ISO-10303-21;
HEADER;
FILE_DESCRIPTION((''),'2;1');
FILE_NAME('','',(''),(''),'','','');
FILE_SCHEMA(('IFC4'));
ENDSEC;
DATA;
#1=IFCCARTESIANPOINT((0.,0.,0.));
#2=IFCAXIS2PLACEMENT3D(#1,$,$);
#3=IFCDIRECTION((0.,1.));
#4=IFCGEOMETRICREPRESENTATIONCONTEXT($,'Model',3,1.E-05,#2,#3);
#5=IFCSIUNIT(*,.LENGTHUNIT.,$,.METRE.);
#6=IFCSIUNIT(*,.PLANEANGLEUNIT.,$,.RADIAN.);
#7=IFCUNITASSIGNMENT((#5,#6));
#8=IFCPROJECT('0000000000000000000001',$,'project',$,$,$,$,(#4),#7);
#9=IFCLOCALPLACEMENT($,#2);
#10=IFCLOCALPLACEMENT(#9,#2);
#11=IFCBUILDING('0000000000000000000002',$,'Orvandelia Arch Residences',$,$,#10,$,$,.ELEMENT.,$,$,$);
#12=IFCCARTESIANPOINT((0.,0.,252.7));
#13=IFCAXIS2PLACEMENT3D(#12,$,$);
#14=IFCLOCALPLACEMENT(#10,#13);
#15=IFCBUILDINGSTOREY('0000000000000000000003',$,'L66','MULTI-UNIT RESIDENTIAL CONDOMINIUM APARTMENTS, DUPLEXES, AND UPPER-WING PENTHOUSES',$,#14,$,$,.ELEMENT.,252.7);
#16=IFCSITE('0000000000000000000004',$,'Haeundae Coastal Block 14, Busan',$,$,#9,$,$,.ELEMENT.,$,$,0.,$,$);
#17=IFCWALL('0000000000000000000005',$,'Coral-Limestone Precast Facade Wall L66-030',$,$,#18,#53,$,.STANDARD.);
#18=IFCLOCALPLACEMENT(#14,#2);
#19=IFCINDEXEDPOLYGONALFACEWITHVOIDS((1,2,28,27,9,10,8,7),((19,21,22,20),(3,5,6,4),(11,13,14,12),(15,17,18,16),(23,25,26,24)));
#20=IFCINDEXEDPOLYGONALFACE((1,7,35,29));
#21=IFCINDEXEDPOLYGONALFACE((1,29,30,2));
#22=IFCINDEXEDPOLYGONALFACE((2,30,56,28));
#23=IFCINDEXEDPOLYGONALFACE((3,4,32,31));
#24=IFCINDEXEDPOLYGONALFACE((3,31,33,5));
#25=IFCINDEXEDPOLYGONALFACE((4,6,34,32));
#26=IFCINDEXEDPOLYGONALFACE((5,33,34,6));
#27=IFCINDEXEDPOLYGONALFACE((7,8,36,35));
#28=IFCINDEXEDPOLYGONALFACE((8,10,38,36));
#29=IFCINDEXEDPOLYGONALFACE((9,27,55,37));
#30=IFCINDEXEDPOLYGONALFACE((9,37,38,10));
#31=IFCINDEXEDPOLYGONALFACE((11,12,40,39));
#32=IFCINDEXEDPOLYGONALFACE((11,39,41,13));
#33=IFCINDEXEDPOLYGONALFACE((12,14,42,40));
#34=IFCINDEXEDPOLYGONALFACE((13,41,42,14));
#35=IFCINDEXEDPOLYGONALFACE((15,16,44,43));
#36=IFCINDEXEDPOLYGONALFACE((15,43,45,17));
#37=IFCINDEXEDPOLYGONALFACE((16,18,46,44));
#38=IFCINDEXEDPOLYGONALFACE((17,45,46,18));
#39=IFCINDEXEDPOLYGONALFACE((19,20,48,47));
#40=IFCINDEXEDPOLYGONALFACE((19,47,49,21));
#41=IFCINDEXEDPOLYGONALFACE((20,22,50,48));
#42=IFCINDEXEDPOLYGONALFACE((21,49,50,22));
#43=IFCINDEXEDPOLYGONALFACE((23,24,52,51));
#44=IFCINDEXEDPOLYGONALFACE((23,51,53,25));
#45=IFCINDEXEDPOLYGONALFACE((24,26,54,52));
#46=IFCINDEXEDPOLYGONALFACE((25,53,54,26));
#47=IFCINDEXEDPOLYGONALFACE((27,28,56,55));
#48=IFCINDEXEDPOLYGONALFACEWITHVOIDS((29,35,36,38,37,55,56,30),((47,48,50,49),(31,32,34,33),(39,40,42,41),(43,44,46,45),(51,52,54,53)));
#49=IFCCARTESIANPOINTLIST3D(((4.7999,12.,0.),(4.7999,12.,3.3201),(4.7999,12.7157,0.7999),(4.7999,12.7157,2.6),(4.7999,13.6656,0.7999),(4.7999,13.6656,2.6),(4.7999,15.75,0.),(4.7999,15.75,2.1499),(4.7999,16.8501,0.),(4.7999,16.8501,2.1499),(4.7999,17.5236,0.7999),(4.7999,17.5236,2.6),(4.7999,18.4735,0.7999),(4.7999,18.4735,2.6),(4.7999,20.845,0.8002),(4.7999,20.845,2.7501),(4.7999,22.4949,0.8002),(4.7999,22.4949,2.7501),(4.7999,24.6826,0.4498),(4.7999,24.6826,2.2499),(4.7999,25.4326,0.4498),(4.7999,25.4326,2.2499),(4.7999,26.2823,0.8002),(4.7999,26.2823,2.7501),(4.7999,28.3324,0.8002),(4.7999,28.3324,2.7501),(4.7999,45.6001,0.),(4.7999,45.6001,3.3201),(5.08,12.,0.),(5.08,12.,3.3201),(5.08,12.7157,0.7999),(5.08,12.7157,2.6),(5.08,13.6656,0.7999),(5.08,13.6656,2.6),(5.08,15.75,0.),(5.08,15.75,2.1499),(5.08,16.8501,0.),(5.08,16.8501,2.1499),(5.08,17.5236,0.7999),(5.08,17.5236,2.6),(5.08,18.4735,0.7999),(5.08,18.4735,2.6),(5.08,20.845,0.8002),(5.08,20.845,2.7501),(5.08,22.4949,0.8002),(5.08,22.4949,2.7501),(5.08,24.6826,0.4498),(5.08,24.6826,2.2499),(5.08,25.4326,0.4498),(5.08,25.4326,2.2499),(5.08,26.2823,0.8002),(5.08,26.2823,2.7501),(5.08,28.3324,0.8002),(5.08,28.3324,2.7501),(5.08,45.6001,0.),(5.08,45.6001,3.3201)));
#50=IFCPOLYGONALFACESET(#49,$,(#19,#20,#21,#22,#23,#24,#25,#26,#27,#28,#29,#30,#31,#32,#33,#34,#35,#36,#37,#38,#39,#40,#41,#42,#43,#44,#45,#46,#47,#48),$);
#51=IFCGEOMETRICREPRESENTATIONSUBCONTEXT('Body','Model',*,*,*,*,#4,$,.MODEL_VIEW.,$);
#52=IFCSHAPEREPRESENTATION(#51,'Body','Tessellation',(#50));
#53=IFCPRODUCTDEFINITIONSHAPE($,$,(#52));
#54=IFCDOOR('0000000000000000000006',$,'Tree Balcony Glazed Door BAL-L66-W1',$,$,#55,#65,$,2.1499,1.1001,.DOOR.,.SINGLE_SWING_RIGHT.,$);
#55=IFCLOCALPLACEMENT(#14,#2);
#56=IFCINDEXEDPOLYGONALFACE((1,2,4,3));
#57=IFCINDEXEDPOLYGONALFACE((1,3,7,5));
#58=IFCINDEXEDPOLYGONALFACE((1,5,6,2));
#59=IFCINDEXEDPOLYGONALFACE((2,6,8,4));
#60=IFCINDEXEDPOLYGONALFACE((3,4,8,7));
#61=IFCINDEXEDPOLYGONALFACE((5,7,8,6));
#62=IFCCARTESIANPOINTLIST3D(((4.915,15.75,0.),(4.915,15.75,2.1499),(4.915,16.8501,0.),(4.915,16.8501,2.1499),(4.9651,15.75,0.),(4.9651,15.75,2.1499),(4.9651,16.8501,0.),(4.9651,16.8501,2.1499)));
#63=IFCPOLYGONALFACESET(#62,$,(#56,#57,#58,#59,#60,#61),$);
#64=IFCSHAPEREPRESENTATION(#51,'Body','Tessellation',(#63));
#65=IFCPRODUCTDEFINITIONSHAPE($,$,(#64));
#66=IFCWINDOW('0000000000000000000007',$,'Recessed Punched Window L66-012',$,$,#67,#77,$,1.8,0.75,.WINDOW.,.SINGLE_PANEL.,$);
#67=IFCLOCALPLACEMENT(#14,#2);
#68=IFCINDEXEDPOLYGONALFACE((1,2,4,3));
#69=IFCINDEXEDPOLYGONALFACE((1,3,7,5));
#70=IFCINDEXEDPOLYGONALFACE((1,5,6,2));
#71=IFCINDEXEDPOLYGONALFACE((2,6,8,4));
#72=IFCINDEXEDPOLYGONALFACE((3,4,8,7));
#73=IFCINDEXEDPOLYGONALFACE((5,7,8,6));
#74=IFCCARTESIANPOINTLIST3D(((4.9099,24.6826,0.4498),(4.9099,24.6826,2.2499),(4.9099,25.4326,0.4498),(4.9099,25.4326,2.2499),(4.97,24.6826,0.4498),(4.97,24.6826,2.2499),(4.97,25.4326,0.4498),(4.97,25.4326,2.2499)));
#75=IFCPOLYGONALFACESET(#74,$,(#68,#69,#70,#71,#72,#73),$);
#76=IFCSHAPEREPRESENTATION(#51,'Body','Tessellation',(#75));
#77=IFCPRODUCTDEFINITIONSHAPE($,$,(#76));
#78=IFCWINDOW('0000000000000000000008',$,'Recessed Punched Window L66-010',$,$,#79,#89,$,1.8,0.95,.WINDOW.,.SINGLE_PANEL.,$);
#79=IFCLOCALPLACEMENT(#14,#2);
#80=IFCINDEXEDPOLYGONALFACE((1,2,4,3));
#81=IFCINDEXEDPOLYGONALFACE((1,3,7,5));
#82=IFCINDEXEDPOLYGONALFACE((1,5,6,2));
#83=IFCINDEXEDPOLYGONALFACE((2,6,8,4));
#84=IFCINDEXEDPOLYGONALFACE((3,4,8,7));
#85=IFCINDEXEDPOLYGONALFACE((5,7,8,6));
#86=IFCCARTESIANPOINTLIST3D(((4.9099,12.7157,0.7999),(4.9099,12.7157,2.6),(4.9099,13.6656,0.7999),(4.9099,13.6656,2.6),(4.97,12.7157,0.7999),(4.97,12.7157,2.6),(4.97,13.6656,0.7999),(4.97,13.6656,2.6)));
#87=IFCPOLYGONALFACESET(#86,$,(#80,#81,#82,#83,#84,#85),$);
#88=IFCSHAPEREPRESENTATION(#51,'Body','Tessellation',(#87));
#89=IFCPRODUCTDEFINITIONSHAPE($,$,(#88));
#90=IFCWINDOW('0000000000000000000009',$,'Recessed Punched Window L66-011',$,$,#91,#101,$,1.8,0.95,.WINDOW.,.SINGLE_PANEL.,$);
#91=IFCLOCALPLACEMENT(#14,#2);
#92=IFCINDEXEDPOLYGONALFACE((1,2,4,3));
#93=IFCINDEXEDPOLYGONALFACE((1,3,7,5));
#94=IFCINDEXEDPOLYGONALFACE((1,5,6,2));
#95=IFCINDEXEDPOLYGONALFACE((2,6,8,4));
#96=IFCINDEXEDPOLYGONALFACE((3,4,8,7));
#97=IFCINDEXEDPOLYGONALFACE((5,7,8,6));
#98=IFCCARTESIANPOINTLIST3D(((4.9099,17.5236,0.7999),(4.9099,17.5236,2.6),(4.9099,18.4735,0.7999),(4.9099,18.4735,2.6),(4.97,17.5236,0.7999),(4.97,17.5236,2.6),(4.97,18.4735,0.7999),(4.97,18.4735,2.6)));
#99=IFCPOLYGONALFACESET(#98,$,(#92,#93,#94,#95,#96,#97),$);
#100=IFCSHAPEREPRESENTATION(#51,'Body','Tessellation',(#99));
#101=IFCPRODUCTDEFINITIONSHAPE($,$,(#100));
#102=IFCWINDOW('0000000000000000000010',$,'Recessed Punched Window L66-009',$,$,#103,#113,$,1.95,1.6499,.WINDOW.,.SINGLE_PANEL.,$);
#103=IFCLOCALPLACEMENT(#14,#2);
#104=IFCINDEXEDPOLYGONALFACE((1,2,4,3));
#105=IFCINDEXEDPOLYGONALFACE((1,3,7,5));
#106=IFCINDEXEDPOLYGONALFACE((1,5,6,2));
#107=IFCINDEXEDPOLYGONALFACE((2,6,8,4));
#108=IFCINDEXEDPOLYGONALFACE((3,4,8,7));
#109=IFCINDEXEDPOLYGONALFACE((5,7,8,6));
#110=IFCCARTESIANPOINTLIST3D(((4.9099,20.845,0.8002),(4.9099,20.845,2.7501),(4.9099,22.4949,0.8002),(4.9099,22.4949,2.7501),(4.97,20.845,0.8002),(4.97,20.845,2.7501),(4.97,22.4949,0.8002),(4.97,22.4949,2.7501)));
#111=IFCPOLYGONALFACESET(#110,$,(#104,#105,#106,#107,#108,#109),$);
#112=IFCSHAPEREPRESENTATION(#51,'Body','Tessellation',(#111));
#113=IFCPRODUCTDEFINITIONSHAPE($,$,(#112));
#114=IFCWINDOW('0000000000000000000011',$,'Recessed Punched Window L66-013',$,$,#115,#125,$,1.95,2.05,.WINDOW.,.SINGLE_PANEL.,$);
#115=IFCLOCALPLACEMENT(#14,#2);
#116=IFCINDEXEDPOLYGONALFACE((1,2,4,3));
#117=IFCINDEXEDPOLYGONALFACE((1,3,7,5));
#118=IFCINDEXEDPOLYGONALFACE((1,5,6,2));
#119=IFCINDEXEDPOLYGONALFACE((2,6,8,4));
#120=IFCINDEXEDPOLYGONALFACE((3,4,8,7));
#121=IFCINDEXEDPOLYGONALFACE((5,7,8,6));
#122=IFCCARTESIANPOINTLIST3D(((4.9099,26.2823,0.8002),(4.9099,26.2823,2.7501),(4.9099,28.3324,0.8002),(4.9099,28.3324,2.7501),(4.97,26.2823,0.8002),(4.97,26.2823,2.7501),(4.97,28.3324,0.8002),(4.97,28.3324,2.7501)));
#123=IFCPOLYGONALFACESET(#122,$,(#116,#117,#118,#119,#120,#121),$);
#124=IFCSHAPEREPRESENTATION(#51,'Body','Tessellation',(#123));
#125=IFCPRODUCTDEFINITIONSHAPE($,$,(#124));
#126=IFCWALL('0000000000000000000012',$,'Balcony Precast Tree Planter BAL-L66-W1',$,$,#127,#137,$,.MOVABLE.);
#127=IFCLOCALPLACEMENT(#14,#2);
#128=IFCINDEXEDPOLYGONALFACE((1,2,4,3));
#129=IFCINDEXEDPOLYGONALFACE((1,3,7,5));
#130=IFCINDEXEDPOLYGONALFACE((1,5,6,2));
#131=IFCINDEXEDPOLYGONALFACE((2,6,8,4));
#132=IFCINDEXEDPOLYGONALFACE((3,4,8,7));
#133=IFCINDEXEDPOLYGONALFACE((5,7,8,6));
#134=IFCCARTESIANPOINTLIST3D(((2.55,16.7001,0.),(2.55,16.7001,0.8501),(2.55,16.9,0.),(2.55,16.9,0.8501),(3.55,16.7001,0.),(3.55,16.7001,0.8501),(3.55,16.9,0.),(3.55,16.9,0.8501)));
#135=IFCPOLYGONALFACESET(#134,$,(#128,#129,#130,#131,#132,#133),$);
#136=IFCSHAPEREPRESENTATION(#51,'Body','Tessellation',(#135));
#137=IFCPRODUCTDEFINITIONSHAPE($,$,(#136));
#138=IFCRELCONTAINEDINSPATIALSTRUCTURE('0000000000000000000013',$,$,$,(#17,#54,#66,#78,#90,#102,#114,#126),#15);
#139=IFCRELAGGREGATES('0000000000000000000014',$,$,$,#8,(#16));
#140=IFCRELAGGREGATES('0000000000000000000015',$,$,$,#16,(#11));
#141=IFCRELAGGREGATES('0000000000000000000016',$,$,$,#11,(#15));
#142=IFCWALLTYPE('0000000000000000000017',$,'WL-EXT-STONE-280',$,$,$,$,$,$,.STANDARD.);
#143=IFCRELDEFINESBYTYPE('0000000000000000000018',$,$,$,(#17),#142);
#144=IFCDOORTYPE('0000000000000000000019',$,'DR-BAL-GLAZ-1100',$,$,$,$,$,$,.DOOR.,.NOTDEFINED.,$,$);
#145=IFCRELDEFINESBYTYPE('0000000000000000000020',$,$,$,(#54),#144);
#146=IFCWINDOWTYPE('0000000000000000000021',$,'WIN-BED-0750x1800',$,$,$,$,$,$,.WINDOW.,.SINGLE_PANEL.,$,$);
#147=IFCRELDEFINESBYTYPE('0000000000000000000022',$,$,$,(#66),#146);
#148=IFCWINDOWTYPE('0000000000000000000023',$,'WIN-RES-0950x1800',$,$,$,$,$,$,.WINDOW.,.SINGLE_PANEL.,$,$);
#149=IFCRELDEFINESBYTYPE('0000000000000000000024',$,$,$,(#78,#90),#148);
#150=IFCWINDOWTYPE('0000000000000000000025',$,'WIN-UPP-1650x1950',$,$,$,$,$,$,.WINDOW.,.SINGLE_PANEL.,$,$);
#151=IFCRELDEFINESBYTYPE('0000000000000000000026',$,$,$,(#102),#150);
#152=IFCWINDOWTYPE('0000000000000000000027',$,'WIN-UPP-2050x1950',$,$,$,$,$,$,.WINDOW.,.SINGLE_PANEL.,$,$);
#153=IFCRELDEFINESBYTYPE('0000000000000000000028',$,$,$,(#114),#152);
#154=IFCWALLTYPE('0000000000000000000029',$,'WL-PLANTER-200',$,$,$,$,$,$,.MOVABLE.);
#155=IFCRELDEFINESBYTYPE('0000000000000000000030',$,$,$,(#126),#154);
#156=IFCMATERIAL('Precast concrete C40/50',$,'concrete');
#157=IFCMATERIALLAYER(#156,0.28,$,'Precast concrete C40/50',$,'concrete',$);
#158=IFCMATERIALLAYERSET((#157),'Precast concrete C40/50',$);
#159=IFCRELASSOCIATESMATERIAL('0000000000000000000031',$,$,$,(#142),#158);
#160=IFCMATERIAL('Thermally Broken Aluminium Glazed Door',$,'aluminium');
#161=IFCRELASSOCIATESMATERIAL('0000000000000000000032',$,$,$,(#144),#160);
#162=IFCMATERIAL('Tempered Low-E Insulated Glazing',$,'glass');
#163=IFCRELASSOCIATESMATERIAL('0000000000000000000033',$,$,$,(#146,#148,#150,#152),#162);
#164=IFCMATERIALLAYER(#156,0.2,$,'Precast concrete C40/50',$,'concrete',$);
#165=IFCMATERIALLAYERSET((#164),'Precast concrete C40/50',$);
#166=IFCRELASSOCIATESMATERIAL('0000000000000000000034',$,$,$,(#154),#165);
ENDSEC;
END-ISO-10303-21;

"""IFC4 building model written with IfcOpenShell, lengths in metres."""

from ifc_helpers import new_model, si_unit, direction, frame, frame_2d, origin, place, context, subcontext, project, spatial, rectangle, extrude, material, layer, layer_set, type_object, element, fill, save


model = new_model("IFC4")

# Units and contexts
model_context = context("Model", 3, precision=1e-05, world=origin(), true_north=direction((0.0, 1.0)))
body_context = subcontext(model_context, "Body", "Model", "MODEL_VIEW")
ifc_project = project(units=[si_unit("LENGTHUNIT", "METRE"), si_unit("PLANEANGLEUNIT", "RADIAN")], contexts=[model_context])

# Site, building, storey
site_placement = place(None, origin())
site = spatial("IfcSite", under=ifc_project, at=site_placement, Name="Haeundae Coastal Block 14, Busan", CompositionType="ELEMENT", RefElevation=0.0)
building_placement = place(site_placement, origin())
building = spatial("IfcBuilding", under=site, at=building_placement, Name="Orvandelia Arch Residences", CompositionType="ELEMENT")
storey_placement = place(building_placement, frame((0.0, 0.0, 252.7)))
storey = spatial("IfcBuildingStorey", under=building, at=storey_placement, Name="L66", Description="MULTI-UNIT RESIDENTIAL CONDOMINIUM APARTMENTS, DUPLEXES, AND UPPER-WING PENTHOUSES", CompositionType="ELEMENT", Elevation=252.7)

# Shared definitions
ifc_material_1 = material(Name="Precast concrete C40/50", Category="concrete")
ifc_layer_1 = layer(ifc_material_1, 0.28, Name="Precast concrete C40/50", Category="concrete")
ifc_layer_set_1 = layer_set([ifc_layer_1], Name="Precast concrete C40/50")
wall_type_1 = type_object("IfcWallType", Name="WL-EXT-STONE-280", PredefinedType="STANDARD", material=ifc_layer_set_1)

# Wall, openings, door, windows
wall_1_placement = place(storey_placement, frame((4.9399, 12.0, 0.0), z_axis=(0.0, 0.0, 1.0), x_axis=(0.0, 1.0, 0.0)))
wall_1 = element("IfcWall", 1, at=wall_1_placement, inside=storey, type_object=wall_type_1, Name="Coral-Limestone Precast Facade Wall L66-030", PredefinedType="STANDARD", context=body_context, shape_type="SweptSolid", body=[
    extrude(rectangle(XDim=33.6001, YDim=0.28, at=frame_2d((16.8, 0.0))), origin(), (0.0, 0.0, 1.0), 3.3201),
])
opening_1_placement = place(wall_1_placement, frame((3.75, 0.0, 0.0)))
opening_1 = element("IfcOpeningElement", 2, at=opening_1_placement, cuts=wall_1, PredefinedType="OPENING", context=body_context, shape_type="SweptSolid", body=[
    extrude(rectangle(XDim=1.1001, YDim=2.1499, at=frame_2d((0.55, 1.075))), frame((0.0, 0.1499, 0.0), z_axis=(0.0, -1.0, 0.0), x_axis=(1.0, 0.0, 0.0)), (0.0, 0.0, 1.0), 0.3),
])
opening_2_placement = place(wall_1_placement, frame((8.845, 0.0, 0.8)))
opening_2 = element("IfcOpeningElement", 3, at=opening_2_placement, cuts=wall_1, PredefinedType="OPENING", context=body_context, shape_type="SweptSolid", body=[
    extrude(rectangle(XDim=1.6499, YDim=1.95, at=frame_2d((0.825, 0.9751))), frame((0.0, 0.1499, 0.0), z_axis=(0.0, -1.0, 0.0), x_axis=(1.0, 0.0, 0.0)), (0.0, 0.0, 1.0), 0.3),
])
opening_3_placement = place(wall_1_placement, frame((0.7156, 0.0, 0.8)))
opening_3 = element("IfcOpeningElement", 4, at=opening_3_placement, cuts=wall_1, PredefinedType="OPENING", context=body_context, shape_type="SweptSolid", body=[
    extrude(rectangle(XDim=0.95, YDim=1.8, at=frame_2d((0.4751, 0.8999))), frame((0.0, 0.1499, 0.0), z_axis=(0.0, -1.0, 0.0), x_axis=(1.0, 0.0, 0.0)), (0.0, 0.0, 1.0), 0.3),
])
opening_4_placement = place(wall_1_placement, frame((5.5234, 0.0, 0.8)))
opening_4 = element("IfcOpeningElement", 5, at=opening_4_placement, cuts=wall_1, PredefinedType="OPENING", context=body_context, shape_type="SweptSolid", body=[
    extrude(rectangle(XDim=0.95, YDim=1.8, at=frame_2d((0.4751, 0.8999))), frame((0.0, 0.1499, 0.0), z_axis=(0.0, -1.0, 0.0), x_axis=(1.0, 0.0, 0.0)), (0.0, 0.0, 1.0), 0.3),
])
opening_5_placement = place(wall_1_placement, frame((12.6826, 0.0, 0.45)))
opening_5 = element("IfcOpeningElement", 6, at=opening_5_placement, cuts=wall_1, PredefinedType="OPENING", context=body_context, shape_type="SweptSolid", body=[
    extrude(rectangle(XDim=0.75, YDim=1.8, at=frame_2d((0.375, 0.8999))), frame((0.0, 0.1499, 0.0), z_axis=(0.0, -1.0, 0.0), x_axis=(1.0, 0.0, 0.0)), (0.0, 0.0, 1.0), 0.3),
])
opening_6_placement = place(wall_1_placement, frame((14.2825, 0.0, 0.8)))
opening_6 = element("IfcOpeningElement", 7, at=opening_6_placement, cuts=wall_1, PredefinedType="OPENING", context=body_context, shape_type="SweptSolid", body=[
    extrude(rectangle(XDim=2.05, YDim=1.95, at=frame_2d((1.0249, 0.9751))), frame((0.0, 0.1499, 0.0), z_axis=(0.0, -1.0, 0.0), x_axis=(1.0, 0.0, 0.0)), (0.0, 0.0, 1.0), 0.3),
])
ifc_material_2 = material(Name="Thermally Broken Aluminium Glazed Door", Category="aluminium")
door_type_1 = type_object("IfcDoorType", Name="DR-BAL-GLAZ-1100", OperationType="NOTDEFINED", PredefinedType="DOOR", material=ifc_material_2)
door_1_placement = place(opening_1_placement, origin())
door_1 = element("IfcDoor", 8, at=door_1_placement, inside=storey, type_object=door_type_1, Name="Tree Balcony Glazed Door BAL-L66-W1", OperationType="SINGLE_SWING_RIGHT", OverallHeight=2.1499, OverallWidth=1.1001, PredefinedType="DOOR", context=body_context, shape_type="SweptSolid", body=[
    extrude(rectangle(XDim=1.1001, YDim=2.1499, at=frame_2d((0.55, 1.075))), frame((0.0, 0.0249, 0.0), z_axis=(0.0, -1.0, 0.0), x_axis=(1.0, 0.0, 0.0)), (0.0, 0.0, 1.0), 0.05),
])
fill(opening_1, door_1)
ifc_material_3 = material(Name="Tempered Low-E Insulated Glazing", Category="glass")
window_type_1 = type_object("IfcWindowType", Name="WIN-BED-0750x1800", PartitioningType="SINGLE_PANEL", PredefinedType="WINDOW", material=ifc_material_3)
window_1_placement = place(opening_5_placement, origin())
window_1 = element("IfcWindow", 9, at=window_1_placement, inside=storey, type_object=window_type_1, Name="Recessed Punched Window L66-012", OverallHeight=1.8, OverallWidth=0.75, PartitioningType="SINGLE_PANEL", PredefinedType="WINDOW", context=body_context, shape_type="SweptSolid", body=[
    extrude(rectangle(XDim=0.75, YDim=1.8, at=frame_2d((0.375, 0.8999))), frame((0.0, 0.03, 0.0), z_axis=(0.0, -1.0, 0.0), x_axis=(1.0, 0.0, 0.0)), (0.0, 0.0, 1.0), 0.0601),
])
fill(opening_5, window_1)
window_type_2 = type_object("IfcWindowType", Name="WIN-RES-0950x1800", PartitioningType="SINGLE_PANEL", PredefinedType="WINDOW", material=ifc_material_3)
window_2_placement = place(opening_3_placement, origin())
window_2 = element("IfcWindow", 10, at=window_2_placement, inside=storey, type_object=window_type_2, Name="Recessed Punched Window L66-010", OverallHeight=1.8, OverallWidth=0.95, PartitioningType="SINGLE_PANEL", PredefinedType="WINDOW", context=body_context, shape_type="SweptSolid", body=[
    extrude(rectangle(XDim=0.95, YDim=1.8, at=frame_2d((0.4751, 0.8999))), frame((0.0, 0.03, 0.0), z_axis=(0.0, -1.0, 0.0), x_axis=(1.0, 0.0, 0.0)), (0.0, 0.0, 1.0), 0.0601),
])
fill(opening_3, window_2)
window_3_placement = place(opening_4_placement, origin())
window_3 = element("IfcWindow", 11, at=window_3_placement, inside=storey, type_object=window_type_2, Name="Recessed Punched Window L66-011", OverallHeight=1.8, OverallWidth=0.95, PartitioningType="SINGLE_PANEL", PredefinedType="WINDOW", context=body_context, shape_type="SweptSolid", body=[
    extrude(rectangle(XDim=0.95, YDim=1.8, at=frame_2d((0.4751, 0.8999))), frame((0.0, 0.03, 0.0), z_axis=(0.0, -1.0, 0.0), x_axis=(1.0, 0.0, 0.0)), (0.0, 0.0, 1.0), 0.0601),
])
fill(opening_4, window_3)
window_type_3 = type_object("IfcWindowType", Name="WIN-UPP-1650x1950", PartitioningType="SINGLE_PANEL", PredefinedType="WINDOW", material=ifc_material_3)
window_4_placement = place(opening_2_placement, origin())
window_4 = element("IfcWindow", 12, at=window_4_placement, inside=storey, type_object=window_type_3, Name="Recessed Punched Window L66-009", OverallHeight=1.95, OverallWidth=1.6499, PartitioningType="SINGLE_PANEL", PredefinedType="WINDOW", context=body_context, shape_type="SweptSolid", body=[
    extrude(rectangle(XDim=1.6499, YDim=1.95, at=frame_2d((0.825, 0.9751))), frame((0.0, 0.03, 0.0), z_axis=(0.0, -1.0, 0.0), x_axis=(1.0, 0.0, 0.0)), (0.0, 0.0, 1.0), 0.0601),
])
fill(opening_2, window_4)
window_type_4 = type_object("IfcWindowType", Name="WIN-UPP-2050x1950", PartitioningType="SINGLE_PANEL", PredefinedType="WINDOW", material=ifc_material_3)
window_5_placement = place(opening_6_placement, origin())
window_5 = element("IfcWindow", 13, at=window_5_placement, inside=storey, type_object=window_type_4, Name="Recessed Punched Window L66-013", OverallHeight=1.95, OverallWidth=2.05, PartitioningType="SINGLE_PANEL", PredefinedType="WINDOW", context=body_context, shape_type="SweptSolid", body=[
    extrude(rectangle(XDim=2.05, YDim=1.95, at=frame_2d((1.0249, 0.9751))), frame((0.0, 0.03, 0.0), z_axis=(0.0, -1.0, 0.0), x_axis=(1.0, 0.0, 0.0)), (0.0, 0.0, 1.0), 0.0601),
])
fill(opening_6, window_5)

# Wall
ifc_layer_2 = layer(ifc_material_1, 0.2, Name="Precast concrete C40/50", Category="concrete")
ifc_layer_set_2 = layer_set([ifc_layer_2], Name="Precast concrete C40/50")
wall_type_2 = type_object("IfcWallType", Name="WL-PLANTER-200", PredefinedType="MOVABLE", material=ifc_layer_set_2)
wall_2_placement = place(storey_placement, frame((2.55, 16.8, 0.0), z_axis=(0.0, 0.0, 1.0), x_axis=(1.0, 0.0, 0.0)))
element("IfcWall", 14, at=wall_2_placement, inside=storey, type_object=wall_type_2, Name="Balcony Precast Tree Planter BAL-L66-W1", PredefinedType="MOVABLE", context=body_context, shape_type="SweptSolid", body=[
    extrude(rectangle(XDim=1.0, YDim=0.2, at=frame_2d((0.5, 0.0))), origin(), (0.0, 0.0, 1.0), 0.8501),
])

save(model, "model.ifc")
